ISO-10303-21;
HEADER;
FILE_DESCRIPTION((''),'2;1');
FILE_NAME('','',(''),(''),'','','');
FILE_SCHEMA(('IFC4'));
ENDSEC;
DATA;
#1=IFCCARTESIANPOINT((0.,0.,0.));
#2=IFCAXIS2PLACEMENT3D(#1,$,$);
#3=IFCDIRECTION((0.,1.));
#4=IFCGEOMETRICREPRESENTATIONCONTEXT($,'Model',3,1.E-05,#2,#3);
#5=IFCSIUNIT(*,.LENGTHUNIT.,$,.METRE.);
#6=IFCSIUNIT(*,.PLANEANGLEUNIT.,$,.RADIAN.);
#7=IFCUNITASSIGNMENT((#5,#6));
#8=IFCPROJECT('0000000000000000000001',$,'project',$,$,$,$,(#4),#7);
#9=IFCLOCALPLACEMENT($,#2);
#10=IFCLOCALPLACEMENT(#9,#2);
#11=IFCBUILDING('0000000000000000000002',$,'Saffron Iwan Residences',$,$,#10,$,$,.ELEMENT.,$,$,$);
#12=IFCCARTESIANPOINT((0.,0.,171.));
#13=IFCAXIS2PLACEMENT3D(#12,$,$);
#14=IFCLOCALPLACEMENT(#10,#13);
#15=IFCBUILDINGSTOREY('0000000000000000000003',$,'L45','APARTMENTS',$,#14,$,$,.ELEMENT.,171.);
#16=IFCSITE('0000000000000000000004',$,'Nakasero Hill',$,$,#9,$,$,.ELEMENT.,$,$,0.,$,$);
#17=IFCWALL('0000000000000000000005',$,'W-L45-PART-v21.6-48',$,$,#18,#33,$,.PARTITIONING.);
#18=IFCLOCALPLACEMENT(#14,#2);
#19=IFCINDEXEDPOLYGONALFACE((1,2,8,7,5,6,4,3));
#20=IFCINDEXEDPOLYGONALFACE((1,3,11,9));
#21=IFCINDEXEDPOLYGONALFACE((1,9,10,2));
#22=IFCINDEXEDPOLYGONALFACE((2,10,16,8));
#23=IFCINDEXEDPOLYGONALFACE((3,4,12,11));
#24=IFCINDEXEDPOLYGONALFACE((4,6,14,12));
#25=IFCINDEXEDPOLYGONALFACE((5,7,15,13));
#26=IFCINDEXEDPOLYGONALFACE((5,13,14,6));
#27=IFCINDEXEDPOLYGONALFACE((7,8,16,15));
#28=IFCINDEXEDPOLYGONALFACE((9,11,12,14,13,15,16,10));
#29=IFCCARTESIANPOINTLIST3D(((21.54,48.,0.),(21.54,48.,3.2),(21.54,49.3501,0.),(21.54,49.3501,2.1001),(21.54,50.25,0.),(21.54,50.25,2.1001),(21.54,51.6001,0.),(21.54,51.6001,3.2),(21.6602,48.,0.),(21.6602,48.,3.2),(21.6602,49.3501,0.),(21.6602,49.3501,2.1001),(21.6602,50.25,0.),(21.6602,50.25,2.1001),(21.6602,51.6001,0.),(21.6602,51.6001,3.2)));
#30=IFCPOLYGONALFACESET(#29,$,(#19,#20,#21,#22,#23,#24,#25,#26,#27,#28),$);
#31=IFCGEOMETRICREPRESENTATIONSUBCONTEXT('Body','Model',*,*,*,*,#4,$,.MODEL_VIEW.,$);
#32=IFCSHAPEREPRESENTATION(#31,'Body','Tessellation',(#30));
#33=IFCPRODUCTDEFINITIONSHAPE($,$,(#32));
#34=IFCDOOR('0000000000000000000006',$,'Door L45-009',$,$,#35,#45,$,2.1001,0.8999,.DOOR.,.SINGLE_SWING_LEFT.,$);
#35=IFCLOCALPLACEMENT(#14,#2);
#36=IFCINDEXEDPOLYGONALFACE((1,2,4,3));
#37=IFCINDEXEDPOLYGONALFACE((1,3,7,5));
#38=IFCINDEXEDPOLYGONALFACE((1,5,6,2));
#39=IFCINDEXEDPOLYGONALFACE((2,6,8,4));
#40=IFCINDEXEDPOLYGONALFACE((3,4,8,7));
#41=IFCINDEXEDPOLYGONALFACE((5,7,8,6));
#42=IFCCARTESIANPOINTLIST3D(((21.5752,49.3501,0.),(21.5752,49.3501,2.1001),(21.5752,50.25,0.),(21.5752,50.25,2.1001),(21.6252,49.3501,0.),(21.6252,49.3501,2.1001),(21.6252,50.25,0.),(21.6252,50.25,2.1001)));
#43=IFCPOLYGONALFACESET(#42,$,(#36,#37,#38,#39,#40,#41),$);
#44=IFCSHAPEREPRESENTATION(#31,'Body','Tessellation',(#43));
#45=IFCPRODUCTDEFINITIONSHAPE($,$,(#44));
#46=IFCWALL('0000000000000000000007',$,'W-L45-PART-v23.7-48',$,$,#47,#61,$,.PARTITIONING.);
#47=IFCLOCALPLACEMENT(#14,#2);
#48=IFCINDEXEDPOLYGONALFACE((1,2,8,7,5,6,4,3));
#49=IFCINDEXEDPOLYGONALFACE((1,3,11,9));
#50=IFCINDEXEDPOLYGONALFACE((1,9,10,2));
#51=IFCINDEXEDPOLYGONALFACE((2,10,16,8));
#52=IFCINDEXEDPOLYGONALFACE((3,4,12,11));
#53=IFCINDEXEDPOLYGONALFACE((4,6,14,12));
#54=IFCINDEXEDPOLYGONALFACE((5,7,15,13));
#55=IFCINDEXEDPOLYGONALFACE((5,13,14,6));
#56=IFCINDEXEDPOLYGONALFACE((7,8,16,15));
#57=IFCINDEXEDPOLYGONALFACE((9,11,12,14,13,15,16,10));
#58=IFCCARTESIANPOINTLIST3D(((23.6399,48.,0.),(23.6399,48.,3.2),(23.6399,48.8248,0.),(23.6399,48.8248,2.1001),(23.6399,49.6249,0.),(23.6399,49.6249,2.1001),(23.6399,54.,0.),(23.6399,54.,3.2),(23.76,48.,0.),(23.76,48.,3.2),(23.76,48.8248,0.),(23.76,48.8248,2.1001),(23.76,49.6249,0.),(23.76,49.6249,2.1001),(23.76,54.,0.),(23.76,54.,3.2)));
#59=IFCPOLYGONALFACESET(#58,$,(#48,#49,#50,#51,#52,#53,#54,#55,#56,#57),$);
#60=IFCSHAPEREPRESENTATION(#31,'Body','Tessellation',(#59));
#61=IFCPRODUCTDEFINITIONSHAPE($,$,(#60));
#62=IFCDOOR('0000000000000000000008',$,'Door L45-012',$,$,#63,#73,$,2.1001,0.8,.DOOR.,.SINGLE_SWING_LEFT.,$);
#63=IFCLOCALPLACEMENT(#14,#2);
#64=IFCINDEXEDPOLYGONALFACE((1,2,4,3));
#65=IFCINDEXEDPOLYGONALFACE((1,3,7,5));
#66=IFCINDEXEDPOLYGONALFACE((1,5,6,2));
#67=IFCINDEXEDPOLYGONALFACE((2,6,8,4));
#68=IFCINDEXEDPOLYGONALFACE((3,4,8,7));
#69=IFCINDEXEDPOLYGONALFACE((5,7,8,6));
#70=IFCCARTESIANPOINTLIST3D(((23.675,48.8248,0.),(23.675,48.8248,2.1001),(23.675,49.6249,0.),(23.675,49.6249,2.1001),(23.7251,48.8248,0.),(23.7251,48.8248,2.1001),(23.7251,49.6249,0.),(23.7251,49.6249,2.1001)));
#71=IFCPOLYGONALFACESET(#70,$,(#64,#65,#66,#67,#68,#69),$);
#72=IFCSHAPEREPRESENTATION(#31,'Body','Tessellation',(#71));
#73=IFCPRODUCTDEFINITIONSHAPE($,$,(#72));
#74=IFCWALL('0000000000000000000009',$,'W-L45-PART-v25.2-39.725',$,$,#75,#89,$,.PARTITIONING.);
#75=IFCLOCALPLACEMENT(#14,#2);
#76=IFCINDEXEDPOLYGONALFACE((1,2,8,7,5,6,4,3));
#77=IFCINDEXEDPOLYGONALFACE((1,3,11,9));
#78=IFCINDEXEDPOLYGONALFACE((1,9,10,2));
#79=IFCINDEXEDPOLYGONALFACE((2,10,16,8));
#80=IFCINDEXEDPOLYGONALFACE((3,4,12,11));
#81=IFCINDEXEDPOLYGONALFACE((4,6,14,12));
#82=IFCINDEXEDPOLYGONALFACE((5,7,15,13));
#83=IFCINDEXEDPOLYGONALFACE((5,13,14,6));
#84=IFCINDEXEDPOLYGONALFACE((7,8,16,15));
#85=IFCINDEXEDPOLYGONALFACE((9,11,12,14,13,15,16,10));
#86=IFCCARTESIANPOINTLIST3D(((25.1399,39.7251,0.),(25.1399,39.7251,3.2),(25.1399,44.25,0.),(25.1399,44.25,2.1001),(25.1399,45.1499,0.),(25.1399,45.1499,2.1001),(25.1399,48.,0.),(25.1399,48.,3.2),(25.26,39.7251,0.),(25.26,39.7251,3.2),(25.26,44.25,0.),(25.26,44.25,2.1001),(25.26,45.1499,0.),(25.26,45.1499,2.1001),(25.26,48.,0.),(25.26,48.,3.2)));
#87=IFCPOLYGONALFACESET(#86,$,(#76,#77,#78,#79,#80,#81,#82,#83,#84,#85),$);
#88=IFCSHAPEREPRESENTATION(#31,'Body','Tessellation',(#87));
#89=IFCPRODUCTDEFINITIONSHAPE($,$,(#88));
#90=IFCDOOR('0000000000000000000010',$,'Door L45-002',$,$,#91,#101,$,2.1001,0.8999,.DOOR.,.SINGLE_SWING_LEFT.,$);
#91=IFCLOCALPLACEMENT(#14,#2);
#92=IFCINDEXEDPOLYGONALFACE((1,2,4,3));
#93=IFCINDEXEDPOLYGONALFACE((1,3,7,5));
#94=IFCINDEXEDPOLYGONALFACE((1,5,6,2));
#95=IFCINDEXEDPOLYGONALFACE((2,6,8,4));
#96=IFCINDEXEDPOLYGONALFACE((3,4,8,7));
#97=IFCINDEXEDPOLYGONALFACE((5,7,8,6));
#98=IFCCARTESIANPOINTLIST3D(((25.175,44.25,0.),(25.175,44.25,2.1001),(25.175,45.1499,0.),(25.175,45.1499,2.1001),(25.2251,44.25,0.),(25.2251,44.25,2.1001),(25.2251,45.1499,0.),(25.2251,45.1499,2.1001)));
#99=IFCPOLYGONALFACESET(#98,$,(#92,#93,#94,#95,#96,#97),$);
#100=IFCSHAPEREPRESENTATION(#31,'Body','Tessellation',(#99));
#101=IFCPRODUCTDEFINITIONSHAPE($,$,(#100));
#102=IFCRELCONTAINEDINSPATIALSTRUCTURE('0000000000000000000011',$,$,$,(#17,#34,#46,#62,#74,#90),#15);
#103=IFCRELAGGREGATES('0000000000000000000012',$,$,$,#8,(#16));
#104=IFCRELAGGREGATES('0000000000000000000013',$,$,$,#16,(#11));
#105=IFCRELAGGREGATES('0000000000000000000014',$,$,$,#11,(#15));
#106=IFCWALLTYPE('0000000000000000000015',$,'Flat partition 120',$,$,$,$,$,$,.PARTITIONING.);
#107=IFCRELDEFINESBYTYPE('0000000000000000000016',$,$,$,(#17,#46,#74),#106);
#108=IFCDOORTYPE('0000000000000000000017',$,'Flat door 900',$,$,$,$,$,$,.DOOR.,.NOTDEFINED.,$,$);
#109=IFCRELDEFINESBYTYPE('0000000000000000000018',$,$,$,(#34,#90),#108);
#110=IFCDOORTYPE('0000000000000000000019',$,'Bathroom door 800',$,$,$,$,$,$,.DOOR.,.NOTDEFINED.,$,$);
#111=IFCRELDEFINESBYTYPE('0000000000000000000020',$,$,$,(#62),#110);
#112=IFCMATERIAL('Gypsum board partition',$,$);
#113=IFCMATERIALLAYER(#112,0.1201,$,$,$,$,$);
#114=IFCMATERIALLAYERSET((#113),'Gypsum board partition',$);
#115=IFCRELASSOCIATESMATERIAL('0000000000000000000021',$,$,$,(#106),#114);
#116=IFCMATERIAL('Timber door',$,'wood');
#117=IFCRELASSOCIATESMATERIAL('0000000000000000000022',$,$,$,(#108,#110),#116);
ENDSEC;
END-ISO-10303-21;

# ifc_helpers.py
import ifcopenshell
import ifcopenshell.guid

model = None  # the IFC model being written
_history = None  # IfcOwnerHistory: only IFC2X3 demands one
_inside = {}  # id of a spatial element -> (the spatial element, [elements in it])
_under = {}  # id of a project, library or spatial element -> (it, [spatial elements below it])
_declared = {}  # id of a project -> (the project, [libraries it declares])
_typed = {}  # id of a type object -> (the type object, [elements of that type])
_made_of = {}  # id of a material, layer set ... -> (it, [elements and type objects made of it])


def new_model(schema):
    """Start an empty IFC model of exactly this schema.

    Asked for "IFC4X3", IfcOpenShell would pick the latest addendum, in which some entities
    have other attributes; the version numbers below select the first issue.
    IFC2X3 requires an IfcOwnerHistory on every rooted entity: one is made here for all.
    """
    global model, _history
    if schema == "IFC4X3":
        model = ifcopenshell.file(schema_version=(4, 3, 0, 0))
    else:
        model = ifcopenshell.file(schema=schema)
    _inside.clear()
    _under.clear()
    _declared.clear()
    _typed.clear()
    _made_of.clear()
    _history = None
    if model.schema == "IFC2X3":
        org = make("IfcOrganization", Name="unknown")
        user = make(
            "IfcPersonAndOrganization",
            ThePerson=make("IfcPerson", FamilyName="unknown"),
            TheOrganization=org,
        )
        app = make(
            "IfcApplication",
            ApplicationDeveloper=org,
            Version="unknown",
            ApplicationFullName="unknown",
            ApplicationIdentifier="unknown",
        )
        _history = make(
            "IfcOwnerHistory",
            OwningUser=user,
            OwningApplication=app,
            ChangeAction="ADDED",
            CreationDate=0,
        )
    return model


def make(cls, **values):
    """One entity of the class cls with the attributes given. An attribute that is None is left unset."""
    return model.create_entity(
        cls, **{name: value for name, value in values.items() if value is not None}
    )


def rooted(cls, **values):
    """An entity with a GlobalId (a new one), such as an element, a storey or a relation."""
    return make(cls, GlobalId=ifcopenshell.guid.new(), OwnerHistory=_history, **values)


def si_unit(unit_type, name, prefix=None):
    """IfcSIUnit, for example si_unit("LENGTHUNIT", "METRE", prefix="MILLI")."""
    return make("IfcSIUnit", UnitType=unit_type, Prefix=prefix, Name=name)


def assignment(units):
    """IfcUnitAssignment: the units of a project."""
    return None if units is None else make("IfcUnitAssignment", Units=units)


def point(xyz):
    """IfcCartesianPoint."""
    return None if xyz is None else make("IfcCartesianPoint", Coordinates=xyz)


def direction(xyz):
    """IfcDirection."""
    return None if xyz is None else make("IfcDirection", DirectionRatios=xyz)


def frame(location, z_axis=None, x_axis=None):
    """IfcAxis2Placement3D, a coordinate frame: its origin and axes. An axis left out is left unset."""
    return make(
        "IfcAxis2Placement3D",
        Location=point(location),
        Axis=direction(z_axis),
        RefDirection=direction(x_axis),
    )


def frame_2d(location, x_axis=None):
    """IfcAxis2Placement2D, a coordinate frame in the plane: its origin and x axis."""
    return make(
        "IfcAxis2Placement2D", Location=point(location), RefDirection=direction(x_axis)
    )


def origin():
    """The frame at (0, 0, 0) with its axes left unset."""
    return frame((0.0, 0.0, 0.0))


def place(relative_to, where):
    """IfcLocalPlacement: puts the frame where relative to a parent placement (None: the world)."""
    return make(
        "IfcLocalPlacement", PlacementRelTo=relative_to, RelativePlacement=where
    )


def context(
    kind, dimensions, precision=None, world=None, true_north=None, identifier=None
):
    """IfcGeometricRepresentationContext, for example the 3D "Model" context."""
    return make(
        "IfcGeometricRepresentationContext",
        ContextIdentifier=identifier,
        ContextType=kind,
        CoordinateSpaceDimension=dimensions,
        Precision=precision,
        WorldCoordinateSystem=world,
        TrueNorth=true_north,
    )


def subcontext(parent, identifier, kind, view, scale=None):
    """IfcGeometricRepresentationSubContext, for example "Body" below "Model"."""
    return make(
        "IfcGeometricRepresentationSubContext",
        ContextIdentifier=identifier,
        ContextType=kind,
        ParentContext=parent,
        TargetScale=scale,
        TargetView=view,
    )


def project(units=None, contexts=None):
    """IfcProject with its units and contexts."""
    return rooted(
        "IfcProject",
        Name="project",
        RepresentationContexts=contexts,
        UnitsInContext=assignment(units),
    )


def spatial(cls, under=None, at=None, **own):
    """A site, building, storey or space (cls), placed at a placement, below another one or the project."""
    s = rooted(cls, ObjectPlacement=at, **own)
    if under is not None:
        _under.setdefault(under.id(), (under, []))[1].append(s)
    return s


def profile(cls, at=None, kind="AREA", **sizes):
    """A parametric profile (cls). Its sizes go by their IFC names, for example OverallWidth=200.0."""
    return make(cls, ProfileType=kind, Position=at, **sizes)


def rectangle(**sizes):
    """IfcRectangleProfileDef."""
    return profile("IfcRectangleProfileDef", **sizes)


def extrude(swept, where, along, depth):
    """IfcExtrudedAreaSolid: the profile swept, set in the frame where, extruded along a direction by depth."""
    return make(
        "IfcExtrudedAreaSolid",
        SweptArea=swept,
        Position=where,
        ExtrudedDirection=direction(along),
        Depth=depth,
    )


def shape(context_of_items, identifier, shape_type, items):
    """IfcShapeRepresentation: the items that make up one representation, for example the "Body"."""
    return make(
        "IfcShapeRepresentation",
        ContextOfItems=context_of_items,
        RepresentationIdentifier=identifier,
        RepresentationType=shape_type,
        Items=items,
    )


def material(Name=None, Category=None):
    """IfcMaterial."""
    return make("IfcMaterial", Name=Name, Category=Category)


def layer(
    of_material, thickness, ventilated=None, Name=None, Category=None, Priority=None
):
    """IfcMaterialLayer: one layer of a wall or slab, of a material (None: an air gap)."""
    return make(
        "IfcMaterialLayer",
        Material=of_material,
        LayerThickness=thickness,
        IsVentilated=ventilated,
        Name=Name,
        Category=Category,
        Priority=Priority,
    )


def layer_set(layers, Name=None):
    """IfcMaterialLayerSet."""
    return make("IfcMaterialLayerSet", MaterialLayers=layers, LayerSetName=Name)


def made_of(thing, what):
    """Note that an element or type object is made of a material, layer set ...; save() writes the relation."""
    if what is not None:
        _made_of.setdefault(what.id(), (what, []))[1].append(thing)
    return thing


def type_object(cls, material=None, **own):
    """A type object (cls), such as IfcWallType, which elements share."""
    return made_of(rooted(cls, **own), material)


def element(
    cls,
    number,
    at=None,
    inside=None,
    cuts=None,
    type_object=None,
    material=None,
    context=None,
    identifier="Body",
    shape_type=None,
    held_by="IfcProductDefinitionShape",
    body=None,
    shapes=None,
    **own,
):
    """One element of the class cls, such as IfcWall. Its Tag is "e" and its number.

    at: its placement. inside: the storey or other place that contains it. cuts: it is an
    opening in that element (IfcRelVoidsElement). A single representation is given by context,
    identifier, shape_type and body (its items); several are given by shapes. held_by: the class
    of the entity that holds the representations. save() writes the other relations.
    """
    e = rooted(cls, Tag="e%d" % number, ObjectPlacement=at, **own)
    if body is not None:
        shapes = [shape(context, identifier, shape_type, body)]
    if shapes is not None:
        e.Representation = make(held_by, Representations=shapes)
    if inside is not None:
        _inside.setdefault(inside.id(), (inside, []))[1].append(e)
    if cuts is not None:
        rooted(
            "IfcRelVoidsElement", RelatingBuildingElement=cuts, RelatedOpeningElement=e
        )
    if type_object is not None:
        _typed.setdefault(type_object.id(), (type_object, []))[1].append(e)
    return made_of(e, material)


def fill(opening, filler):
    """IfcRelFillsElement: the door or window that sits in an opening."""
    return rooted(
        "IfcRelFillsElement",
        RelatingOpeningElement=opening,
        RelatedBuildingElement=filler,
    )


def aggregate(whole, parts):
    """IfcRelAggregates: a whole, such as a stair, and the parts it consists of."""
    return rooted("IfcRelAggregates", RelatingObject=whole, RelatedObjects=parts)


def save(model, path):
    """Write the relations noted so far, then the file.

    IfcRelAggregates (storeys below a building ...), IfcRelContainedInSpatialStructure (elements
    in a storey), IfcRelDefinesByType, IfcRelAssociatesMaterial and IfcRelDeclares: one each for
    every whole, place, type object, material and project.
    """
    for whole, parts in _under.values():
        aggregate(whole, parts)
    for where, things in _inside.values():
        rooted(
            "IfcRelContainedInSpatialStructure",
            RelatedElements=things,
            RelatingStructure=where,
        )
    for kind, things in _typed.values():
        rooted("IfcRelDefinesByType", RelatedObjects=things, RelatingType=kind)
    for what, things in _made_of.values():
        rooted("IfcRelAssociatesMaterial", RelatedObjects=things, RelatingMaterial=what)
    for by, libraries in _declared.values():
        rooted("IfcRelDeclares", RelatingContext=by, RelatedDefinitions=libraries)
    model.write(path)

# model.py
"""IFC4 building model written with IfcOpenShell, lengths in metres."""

from ifc_helpers import new_model, si_unit, direction, frame, frame_2d, origin, place, context, subcontext, project, spatial, rectangle, extrude, material, layer, layer_set, type_object, element, fill, save


model = new_model("IFC4")

# Units and contexts
model_context = context("Model", 3, precision=1e-05, world=origin(), true_north=direction((0.0, 1.0)))
body_context = subcontext(model_context, "Body", "Model", "MODEL_VIEW")
ifc_project = project(units=[si_unit("LENGTHUNIT", "METRE"), si_unit("PLANEANGLEUNIT", "RADIAN")], contexts=[model_context])

# Site, building, storey
site_placement = place(None, origin())
site = spatial("IfcSite", under=ifc_project, at=site_placement, Name="Nakasero Hill", CompositionType="ELEMENT", RefElevation=0.0)
building_placement = place(site_placement, origin())
building = spatial("IfcBuilding", under=site, at=building_placement, Name="Saffron Iwan Residences", CompositionType="ELEMENT")
storey_placement = place(building_placement, frame((0.0, 0.0, 171.0)))
storey = spatial("IfcBuildingStorey", under=building, at=storey_placement, Name="L45", Description="APARTMENTS", CompositionType="ELEMENT", Elevation=171.0)

# Shared definitions
ifc_material_1 = material(Name="Gypsum board partition")
ifc_layer_1 = layer(ifc_material_1, 0.1201)
ifc_layer_set_1 = layer_set([ifc_layer_1], Name="Gypsum board partition")
wall_type_1 = type_object("IfcWallType", Name="Flat partition 120", PredefinedType="PARTITIONING", material=ifc_layer_set_1)
ifc_material_2 = material(Name="Timber door", Category="wood")
door_type_1 = type_object("IfcDoorType", Name="Flat door 900", OperationType="NOTDEFINED", PredefinedType="DOOR", material=ifc_material_2)

# Walls, openings, doors
wall_1_placement = place(storey_placement, frame((21.6001, 48.0, 0.0), z_axis=(0.0, 0.0, 1.0), x_axis=(0.0, 1.0, 0.0)))
wall_1 = element("IfcWall", 1, at=wall_1_placement, inside=storey, type_object=wall_type_1, Name="W-L45-PART-v21.6-48", PredefinedType="PARTITIONING", context=body_context, shape_type="SweptSolid", body=[
    extrude(rectangle(XDim=3.6001, YDim=0.1201, at=frame_2d((1.8, 0.0))), origin(), (0.0, 0.0, 1.0), 3.2),
])
opening_1_placement = place(wall_1_placement, frame((1.3501, 0.0, 0.0)))
opening_1 = element("IfcOpeningElement", 2, at=opening_1_placement, cuts=wall_1, PredefinedType="OPENING", context=body_context, shape_type="SweptSolid", body=[
    extrude(rectangle(XDim=0.8999, YDim=2.1001, at=frame_2d((0.45, 1.05))), frame((0.0, 0.0701, 0.0), z_axis=(0.0, -1.0, 0.0), x_axis=(1.0, 0.0, 0.0)), (0.0, 0.0, 1.0), 0.1401),
])
door_1_placement = place(opening_1_placement, origin())
door_1 = element("IfcDoor", 3, at=door_1_placement, inside=storey, type_object=door_type_1, Name="Door L45-009", OperationType="SINGLE_SWING_LEFT", OverallHeight=2.1001, OverallWidth=0.8999, PredefinedType="DOOR", context=body_context, shape_type="SweptSolid", body=[
    extrude(rectangle(XDim=0.8999, YDim=2.1001, at=frame_2d((0.45, 1.05))), frame((0.0, 0.0249, 0.0), z_axis=(0.0, -1.0, 0.0), x_axis=(1.0, 0.0, 0.0)), (0.0, 0.0, 1.0), 0.05),
])
fill(opening_1, door_1)
wall_2_placement = place(storey_placement, frame((23.7, 48.0, 0.0), z_axis=(0.0, 0.0, 1.0), x_axis=(0.0, 1.0, 0.0)))
wall_2 = element("IfcWall", 4, at=wall_2_placement, inside=storey, type_object=wall_type_1, Name="W-L45-PART-v23.7-48", PredefinedType="PARTITIONING", context=body_context, shape_type="SweptSolid", body=[
    extrude(rectangle(XDim=6.0, YDim=0.1201, at=frame_2d((3.0, 0.0))), origin(), (0.0, 0.0, 1.0), 3.2),
])
opening_2_placement = place(wall_2_placement, frame((0.825, 0.0, 0.0)))
opening_2 = element("IfcOpeningElement", 5, at=opening_2_placement, cuts=wall_2, PredefinedType="OPENING", context=body_context, shape_type="SweptSolid", body=[
    extrude(rectangle(XDim=0.8, YDim=2.1001, at=frame_2d((0.3999, 1.05))), frame((0.0, 0.0701, 0.0), z_axis=(0.0, -1.0, 0.0), x_axis=(1.0, 0.0, 0.0)), (0.0, 0.0, 1.0), 0.1401),
])
door_type_2 = type_object("IfcDoorType", Name="Bathroom door 800", OperationType="NOTDEFINED", PredefinedType="DOOR", material=ifc_material_2)
door_2_placement = place(opening_2_placement, origin())
door_2 = element("IfcDoor", 6, at=door_2_placement, inside=storey, type_object=door_type_2, Name="Door L45-012", OperationType="SINGLE_SWING_LEFT", OverallHeight=2.1001, OverallWidth=0.8, PredefinedType="DOOR", context=body_context, shape_type="SweptSolid", body=[
    extrude(rectangle(XDim=0.8, YDim=2.1001, at=frame_2d((0.3999, 1.05))), frame((0.0, 0.0249, 0.0), z_axis=(0.0, -1.0, 0.0), x_axis=(1.0, 0.0, 0.0)), (0.0, 0.0, 1.0), 0.05),
])
fill(opening_2, door_2)
wall_3_placement = place(storey_placement, frame((25.2, 39.7251, 0.0), z_axis=(0.0, 0.0, 1.0), x_axis=(0.0, 1.0, 0.0)))
wall_3 = element("IfcWall", 7, at=wall_3_placement, inside=storey, type_object=wall_type_1, Name="W-L45-PART-v25.2-39.725", PredefinedType="PARTITIONING", context=body_context, shape_type="SweptSolid", body=[
    extrude(rectangle(XDim=8.2749, YDim=0.1201, at=frame_2d((4.1375, 0.0))), origin(), (0.0, 0.0, 1.0), 3.2),
])
opening_3_placement = place(wall_3_placement, frame((4.5249, 0.0, 0.0)))
opening_3 = element("IfcOpeningElement", 8, at=opening_3_placement, cuts=wall_3, PredefinedType="OPENING", context=body_context, shape_type="SweptSolid", body=[
    extrude(rectangle(XDim=0.8999, YDim=2.1001, at=frame_2d((0.45, 1.05))), frame((0.0, 0.0701, 0.0), z_axis=(0.0, -1.0, 0.0), x_axis=(1.0, 0.0, 0.0)), (0.0, 0.0, 1.0), 0.1401),
])
door_3_placement = place(opening_3_placement, origin())
door_3 = element("IfcDoor", 9, at=door_3_placement, inside=storey, type_object=door_type_1, Name="Door L45-002", OperationType="SINGLE_SWING_LEFT", OverallHeight=2.1001, OverallWidth=0.8999, PredefinedType="DOOR", context=body_context, shape_type="SweptSolid", body=[
    extrude(rectangle(XDim=0.8999, YDim=2.1001, at=frame_2d((0.45, 1.05))), frame((0.0, 0.0249, 0.0), z_axis=(0.0, -1.0, 0.0), x_axis=(1.0, 0.0, 0.0)), (0.0, 0.0, 1.0), 0.05),
])
fill(opening_3, door_3)

save(model, "model.ifc")
